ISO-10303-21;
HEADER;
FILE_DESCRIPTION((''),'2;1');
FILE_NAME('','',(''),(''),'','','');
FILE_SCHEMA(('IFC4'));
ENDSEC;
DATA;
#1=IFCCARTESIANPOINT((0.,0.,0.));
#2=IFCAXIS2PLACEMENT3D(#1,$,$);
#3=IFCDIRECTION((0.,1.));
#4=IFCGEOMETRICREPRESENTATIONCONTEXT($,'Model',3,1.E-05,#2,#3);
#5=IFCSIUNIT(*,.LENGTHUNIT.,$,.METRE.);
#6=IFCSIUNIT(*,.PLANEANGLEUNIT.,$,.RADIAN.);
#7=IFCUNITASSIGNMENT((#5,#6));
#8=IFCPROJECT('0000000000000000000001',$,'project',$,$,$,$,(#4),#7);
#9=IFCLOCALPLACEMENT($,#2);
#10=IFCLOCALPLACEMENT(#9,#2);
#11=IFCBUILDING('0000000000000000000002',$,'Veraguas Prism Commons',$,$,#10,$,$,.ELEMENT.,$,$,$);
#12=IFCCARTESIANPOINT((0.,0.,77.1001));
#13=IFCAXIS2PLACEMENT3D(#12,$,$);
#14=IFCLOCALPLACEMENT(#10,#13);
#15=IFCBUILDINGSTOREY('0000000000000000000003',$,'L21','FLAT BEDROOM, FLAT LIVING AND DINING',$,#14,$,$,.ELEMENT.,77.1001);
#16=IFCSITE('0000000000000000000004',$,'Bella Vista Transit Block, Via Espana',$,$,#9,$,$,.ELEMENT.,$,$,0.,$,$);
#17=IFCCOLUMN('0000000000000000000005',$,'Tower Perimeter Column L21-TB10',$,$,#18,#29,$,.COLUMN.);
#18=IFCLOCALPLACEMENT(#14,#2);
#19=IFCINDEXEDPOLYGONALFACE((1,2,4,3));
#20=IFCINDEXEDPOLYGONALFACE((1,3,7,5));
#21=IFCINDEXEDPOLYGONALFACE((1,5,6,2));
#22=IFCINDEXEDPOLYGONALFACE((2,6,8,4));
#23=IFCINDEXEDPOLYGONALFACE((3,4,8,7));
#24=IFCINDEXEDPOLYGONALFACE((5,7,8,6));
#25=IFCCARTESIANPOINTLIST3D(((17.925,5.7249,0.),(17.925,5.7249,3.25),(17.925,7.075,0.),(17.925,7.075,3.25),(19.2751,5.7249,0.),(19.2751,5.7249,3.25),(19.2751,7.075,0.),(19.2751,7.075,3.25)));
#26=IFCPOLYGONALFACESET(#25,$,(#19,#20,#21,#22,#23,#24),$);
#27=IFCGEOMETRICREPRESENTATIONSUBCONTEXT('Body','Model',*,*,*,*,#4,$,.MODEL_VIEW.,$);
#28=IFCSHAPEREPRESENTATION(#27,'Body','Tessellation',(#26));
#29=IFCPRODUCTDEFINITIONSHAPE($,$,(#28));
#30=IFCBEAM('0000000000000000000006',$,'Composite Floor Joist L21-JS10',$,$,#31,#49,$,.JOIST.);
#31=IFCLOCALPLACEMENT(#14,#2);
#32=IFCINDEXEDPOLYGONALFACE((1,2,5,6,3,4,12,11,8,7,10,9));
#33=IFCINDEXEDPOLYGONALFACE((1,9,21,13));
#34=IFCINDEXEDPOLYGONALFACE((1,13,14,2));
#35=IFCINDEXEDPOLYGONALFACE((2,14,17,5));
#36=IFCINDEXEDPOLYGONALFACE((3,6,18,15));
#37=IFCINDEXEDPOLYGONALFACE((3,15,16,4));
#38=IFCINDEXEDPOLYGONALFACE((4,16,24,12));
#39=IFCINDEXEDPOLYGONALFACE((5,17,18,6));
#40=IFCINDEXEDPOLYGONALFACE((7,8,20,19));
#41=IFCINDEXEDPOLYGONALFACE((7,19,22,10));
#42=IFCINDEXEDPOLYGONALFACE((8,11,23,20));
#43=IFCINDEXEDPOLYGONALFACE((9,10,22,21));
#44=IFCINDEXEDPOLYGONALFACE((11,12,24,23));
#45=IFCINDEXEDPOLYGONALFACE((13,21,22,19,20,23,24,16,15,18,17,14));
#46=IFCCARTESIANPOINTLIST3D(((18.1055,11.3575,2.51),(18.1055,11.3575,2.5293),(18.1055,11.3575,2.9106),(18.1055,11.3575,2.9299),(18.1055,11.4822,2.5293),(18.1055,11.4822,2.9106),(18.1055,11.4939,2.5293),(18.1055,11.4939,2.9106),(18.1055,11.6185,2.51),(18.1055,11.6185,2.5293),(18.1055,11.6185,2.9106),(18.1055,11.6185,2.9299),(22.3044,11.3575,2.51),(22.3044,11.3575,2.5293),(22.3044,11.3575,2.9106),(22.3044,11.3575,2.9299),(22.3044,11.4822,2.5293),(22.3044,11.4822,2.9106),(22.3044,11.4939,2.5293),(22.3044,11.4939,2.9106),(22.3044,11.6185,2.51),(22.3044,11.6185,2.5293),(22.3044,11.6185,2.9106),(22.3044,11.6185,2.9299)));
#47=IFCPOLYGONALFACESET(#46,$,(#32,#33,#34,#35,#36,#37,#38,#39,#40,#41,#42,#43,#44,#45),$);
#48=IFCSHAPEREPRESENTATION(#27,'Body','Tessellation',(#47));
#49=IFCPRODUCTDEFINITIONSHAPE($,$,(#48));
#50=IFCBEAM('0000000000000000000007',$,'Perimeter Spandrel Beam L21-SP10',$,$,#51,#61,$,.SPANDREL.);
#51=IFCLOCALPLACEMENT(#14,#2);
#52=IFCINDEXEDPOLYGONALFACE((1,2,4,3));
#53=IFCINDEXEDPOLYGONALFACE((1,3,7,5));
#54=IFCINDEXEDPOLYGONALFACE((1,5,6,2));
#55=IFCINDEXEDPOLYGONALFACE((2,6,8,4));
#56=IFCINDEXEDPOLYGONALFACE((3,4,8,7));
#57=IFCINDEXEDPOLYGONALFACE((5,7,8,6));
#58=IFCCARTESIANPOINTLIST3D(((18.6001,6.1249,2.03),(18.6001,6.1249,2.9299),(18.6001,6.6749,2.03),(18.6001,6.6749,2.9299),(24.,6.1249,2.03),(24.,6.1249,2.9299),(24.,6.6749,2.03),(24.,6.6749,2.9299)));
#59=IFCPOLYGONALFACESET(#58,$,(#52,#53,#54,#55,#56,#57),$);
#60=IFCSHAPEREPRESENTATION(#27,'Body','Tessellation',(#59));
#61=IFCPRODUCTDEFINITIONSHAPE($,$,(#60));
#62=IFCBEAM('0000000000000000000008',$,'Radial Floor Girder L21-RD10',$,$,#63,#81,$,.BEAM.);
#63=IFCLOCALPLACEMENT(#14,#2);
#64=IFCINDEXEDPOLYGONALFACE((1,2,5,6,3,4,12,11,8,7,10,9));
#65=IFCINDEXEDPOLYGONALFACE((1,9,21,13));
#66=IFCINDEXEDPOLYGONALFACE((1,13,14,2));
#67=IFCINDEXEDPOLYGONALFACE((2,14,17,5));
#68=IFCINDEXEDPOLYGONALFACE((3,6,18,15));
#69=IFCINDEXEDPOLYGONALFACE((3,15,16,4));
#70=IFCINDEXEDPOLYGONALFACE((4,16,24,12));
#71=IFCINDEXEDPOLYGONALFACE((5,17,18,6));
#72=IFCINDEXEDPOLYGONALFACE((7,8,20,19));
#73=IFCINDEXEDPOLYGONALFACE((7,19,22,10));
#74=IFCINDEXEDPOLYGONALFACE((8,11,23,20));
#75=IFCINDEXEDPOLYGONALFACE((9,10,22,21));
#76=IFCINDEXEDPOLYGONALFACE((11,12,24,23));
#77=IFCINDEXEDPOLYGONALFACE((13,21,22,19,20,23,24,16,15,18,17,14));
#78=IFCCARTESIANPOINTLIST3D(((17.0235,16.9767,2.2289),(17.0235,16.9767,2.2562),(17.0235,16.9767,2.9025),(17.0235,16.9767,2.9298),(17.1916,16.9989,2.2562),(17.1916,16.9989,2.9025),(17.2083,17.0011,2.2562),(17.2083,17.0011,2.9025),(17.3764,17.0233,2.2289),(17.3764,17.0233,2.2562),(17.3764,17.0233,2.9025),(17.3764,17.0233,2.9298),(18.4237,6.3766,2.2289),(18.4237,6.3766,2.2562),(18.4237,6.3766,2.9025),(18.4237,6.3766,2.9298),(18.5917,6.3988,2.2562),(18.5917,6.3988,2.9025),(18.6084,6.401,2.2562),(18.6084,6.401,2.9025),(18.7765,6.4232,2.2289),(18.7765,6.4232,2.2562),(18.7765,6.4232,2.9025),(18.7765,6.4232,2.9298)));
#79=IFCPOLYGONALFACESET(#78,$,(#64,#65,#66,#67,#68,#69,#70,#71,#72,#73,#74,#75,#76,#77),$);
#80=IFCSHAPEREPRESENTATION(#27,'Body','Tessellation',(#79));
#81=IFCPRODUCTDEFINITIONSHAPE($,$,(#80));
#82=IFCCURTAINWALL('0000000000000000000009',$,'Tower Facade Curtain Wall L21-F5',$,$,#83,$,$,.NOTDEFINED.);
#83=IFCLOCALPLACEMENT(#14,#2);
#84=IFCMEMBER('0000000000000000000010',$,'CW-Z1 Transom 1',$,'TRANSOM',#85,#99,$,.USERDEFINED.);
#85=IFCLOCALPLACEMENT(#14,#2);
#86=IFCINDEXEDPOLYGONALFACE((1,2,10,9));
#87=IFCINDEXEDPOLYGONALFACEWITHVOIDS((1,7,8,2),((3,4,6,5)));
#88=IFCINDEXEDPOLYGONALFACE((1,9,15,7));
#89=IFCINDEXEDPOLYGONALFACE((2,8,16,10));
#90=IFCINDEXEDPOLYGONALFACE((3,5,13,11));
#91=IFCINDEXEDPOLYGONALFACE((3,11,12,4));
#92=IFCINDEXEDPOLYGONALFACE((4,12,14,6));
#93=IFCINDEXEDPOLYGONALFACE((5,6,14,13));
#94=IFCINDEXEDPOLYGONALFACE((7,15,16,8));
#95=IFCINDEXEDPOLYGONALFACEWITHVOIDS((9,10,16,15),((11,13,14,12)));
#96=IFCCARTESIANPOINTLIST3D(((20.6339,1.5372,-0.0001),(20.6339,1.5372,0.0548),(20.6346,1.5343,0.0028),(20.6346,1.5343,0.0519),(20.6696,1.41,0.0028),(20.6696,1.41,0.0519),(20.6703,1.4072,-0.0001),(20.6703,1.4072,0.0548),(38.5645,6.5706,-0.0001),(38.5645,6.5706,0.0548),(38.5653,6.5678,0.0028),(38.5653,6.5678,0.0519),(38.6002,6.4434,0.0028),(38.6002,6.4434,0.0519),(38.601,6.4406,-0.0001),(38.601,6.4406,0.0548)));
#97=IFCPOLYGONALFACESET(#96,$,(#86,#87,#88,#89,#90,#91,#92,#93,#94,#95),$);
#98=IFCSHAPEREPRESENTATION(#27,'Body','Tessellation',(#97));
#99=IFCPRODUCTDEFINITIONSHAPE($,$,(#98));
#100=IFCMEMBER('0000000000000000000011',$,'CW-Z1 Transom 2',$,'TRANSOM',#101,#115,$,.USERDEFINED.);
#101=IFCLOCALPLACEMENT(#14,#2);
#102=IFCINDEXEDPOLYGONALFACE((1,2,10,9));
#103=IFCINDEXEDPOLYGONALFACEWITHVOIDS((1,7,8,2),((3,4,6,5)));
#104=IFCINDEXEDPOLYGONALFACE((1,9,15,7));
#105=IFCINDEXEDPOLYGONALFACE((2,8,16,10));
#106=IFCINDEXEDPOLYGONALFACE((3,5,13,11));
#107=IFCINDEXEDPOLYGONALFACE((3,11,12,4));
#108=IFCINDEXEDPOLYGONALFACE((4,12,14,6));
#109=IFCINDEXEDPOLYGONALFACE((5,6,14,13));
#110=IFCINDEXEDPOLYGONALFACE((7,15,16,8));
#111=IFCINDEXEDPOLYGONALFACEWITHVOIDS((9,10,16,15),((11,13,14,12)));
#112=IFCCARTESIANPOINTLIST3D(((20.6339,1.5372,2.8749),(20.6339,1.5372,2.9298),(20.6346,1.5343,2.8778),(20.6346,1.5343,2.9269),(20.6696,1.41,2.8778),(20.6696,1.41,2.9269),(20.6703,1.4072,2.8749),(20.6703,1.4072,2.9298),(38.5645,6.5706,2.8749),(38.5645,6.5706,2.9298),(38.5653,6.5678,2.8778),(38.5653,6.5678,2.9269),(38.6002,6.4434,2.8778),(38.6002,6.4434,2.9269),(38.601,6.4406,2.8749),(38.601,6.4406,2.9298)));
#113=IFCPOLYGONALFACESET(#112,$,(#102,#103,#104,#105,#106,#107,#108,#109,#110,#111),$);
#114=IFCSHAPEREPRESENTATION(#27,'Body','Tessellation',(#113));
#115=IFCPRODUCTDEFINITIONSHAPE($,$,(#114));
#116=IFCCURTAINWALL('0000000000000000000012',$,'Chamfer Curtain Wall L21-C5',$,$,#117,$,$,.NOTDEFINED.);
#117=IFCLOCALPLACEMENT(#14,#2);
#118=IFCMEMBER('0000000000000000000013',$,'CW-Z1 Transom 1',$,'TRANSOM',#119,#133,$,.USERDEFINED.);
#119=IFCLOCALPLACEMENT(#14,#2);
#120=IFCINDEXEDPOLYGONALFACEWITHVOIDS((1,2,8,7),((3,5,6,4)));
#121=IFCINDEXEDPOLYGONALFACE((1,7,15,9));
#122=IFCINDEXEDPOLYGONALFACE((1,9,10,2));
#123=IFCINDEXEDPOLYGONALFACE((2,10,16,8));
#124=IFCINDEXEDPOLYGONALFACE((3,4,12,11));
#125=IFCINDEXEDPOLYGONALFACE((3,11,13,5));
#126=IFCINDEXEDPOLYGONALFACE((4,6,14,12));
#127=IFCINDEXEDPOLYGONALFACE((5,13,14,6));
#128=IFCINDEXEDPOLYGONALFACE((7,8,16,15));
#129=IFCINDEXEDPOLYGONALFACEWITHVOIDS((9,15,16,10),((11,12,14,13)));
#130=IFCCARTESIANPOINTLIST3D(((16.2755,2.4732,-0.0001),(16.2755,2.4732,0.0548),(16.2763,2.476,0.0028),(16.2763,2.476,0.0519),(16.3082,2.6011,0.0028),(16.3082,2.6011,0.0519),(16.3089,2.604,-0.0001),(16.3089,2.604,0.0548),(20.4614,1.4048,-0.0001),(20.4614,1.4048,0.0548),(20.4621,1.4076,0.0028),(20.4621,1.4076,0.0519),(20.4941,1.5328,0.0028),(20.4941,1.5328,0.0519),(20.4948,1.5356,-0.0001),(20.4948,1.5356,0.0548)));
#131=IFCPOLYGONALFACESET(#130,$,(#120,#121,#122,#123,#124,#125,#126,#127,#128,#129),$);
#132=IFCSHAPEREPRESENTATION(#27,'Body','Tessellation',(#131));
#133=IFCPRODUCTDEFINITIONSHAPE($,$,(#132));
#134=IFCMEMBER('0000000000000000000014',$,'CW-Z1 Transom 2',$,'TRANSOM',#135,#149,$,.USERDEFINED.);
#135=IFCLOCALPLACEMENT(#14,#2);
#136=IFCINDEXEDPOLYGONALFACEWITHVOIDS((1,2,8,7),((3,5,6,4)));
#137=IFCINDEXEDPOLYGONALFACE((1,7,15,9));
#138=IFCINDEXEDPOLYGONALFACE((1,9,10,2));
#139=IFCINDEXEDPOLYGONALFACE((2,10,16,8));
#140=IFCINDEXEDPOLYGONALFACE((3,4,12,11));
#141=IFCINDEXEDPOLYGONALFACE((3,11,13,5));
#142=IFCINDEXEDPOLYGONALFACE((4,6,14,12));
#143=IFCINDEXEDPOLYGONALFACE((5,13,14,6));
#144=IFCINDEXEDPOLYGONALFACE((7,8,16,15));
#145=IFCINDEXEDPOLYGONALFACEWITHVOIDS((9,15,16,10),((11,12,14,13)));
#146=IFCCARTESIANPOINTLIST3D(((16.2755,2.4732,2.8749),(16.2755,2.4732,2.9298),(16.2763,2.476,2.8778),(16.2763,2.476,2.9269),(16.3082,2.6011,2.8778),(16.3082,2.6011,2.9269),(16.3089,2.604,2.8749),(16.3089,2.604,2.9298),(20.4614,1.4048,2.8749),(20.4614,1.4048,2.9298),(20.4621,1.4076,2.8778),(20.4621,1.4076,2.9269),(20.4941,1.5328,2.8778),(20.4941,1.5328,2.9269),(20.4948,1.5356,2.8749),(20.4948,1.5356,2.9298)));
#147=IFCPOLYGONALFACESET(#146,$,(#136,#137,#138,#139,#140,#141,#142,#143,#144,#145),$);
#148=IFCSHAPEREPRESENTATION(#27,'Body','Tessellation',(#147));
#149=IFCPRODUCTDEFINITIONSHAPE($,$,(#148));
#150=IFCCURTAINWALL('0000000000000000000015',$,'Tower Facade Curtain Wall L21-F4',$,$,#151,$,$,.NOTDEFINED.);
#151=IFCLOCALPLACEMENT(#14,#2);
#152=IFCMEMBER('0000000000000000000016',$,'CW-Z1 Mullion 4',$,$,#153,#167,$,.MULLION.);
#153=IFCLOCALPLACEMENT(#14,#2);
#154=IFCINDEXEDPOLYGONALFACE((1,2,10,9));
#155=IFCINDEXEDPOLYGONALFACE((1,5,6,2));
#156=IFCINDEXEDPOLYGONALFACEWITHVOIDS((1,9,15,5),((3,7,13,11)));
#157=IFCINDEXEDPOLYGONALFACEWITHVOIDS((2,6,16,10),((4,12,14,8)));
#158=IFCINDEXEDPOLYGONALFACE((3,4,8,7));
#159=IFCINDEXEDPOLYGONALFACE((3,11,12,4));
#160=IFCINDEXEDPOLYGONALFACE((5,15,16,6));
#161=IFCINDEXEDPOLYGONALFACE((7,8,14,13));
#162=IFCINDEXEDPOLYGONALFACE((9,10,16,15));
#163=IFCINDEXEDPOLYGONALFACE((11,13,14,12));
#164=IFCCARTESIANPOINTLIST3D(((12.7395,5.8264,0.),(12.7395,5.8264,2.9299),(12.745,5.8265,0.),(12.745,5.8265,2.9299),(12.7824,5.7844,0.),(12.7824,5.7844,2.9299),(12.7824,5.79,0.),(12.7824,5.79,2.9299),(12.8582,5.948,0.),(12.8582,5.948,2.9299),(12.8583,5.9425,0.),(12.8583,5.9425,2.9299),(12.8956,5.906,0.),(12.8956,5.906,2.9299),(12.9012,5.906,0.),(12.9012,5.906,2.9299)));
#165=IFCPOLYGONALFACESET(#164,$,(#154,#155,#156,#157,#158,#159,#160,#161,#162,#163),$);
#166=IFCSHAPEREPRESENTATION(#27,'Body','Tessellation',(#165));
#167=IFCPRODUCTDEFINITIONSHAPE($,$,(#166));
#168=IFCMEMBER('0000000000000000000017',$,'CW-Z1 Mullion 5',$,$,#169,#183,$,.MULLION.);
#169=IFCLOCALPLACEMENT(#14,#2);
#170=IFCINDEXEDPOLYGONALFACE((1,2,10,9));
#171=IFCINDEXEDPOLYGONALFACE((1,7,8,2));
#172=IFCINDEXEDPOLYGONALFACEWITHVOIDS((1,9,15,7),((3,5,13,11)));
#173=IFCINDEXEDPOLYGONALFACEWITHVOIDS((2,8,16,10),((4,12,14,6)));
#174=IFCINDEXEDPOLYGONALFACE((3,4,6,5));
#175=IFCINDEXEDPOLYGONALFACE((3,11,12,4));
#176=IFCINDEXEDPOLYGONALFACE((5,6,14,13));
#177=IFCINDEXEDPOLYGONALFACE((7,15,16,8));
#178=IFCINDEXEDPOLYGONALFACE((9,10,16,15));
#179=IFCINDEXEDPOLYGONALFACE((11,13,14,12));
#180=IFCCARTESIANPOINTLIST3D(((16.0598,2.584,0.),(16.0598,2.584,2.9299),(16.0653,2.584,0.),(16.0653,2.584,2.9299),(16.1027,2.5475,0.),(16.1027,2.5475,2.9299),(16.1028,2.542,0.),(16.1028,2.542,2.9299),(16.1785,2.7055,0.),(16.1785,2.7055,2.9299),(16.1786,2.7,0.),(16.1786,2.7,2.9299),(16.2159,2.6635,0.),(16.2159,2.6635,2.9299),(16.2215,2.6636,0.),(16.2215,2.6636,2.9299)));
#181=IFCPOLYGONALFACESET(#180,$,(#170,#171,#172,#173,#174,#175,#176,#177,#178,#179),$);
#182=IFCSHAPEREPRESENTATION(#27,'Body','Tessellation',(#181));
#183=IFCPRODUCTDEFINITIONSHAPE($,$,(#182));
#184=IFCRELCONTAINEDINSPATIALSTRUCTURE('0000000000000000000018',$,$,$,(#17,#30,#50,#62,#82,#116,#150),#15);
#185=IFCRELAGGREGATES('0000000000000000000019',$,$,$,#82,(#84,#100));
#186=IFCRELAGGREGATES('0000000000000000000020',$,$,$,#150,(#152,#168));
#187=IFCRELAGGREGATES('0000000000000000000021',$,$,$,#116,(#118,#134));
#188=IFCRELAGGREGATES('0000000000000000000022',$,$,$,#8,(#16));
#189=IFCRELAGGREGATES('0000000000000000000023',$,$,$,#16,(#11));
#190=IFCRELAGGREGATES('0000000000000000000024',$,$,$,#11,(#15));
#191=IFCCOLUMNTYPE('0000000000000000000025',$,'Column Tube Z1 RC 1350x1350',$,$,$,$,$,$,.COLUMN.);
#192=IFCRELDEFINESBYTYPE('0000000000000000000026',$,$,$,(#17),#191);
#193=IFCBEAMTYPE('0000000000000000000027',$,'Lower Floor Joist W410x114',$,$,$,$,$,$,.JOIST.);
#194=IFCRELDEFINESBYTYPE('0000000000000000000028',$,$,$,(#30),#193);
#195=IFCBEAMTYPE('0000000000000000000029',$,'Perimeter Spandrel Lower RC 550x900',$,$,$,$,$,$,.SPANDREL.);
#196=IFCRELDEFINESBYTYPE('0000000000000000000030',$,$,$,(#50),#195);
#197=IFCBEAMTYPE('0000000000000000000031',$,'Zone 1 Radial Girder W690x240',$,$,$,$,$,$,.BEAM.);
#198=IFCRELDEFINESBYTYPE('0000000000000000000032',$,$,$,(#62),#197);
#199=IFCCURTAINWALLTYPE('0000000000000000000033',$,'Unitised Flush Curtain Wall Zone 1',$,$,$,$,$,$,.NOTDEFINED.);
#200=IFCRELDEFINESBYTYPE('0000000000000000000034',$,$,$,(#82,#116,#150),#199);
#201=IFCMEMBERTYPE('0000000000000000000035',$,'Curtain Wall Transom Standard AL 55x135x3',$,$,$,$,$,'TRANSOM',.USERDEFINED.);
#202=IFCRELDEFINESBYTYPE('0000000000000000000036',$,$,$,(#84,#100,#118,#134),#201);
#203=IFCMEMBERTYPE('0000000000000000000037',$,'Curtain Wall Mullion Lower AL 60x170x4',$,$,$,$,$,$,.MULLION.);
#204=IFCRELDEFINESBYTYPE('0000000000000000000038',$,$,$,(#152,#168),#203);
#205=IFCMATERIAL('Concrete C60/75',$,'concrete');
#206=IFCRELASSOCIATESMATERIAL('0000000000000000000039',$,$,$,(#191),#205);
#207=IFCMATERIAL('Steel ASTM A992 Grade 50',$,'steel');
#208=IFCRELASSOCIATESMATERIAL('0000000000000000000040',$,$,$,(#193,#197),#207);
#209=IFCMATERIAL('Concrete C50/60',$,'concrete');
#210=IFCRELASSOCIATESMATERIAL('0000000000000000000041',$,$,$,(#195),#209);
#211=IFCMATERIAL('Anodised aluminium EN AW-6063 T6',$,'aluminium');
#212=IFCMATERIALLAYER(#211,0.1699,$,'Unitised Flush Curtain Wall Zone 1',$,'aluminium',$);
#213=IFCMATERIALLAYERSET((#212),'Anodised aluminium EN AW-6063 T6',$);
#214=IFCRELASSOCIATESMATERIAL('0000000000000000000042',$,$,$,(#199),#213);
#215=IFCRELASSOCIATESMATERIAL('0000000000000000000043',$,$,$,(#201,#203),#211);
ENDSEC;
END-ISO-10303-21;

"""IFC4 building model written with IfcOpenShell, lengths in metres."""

from ifc_helpers import new_model, si_unit, direction, frame, origin, origin_2d, place, context, subcontext, project, spatial, rectangle, hollow_rectangle, i_section, extrude, source, transform, mapped, material, layer, layer_set, material_profile, profile_set, type_object, element, aggregate, save


model = new_model("IFC4")

# Units and contexts
model_context = context("Model", 3, precision=1e-05, world=origin(), true_north=direction((0.0, 1.0)))
body_context = subcontext(model_context, "Body", "Model", "MODEL_VIEW")
ifc_project = project(units=[si_unit("LENGTHUNIT", "METRE"), si_unit("PLANEANGLEUNIT", "RADIAN")], contexts=[model_context])

# Site, building, storey
site_placement = place(None, origin())
site = spatial("IfcSite", under=ifc_project, at=site_placement, Name="Bella Vista Transit Block, Via Espana", CompositionType="ELEMENT", RefElevation=0.0)
building_placement = place(site_placement, origin())
building = spatial("IfcBuilding", under=site, at=building_placement, Name="Veraguas Prism Commons", CompositionType="ELEMENT")
storey_placement = place(building_placement, frame((0.0, 0.0, 77.1001)))
storey = spatial("IfcBuildingStorey", under=building, at=storey_placement, Name="L21", Description="FLAT BEDROOM, FLAT LIVING AND DINING", CompositionType="ELEMENT", Elevation=77.1001)

# Column
ifc_material_1 = material(Name="Concrete C60/75", Category="concrete")
ifc_material_profile_1 = material_profile(ifc_material_1, rectangle(XDim=1.3501, YDim=1.3501, at=origin_2d()), Name="RC1350X1350")
ifc_profile_set_1 = profile_set([ifc_material_profile_1], Name="Concrete C60/75")
column_type = type_object("IfcColumnType", Name="Column Tube Z1 RC 1350x1350", PredefinedType="COLUMN", material=ifc_profile_set_1)
column_placement = place(storey_placement, frame((18.6001, 6.3999, 0.0), z_axis=(0.0, 0.0, 1.0), x_axis=(1.0, 0.0, 0.0)))
element("IfcColumn", 1, at=column_placement, inside=storey, type_object=column_type, Name="Tower Perimeter Column L21-TB10", PredefinedType="COLUMN", context=body_context, shape_type="SweptSolid", body=[
    extrude(rectangle(XDim=1.3501, YDim=1.3501, at=origin_2d()), origin(), (0.0, 0.0, 1.0), 3.25),
])

# Beams
ifc_material_2 = material(Name="Steel ASTM A992 Grade 50", Category="steel")
ifc_material_profile_2 = material_profile(ifc_material_2, i_section(OverallWidth=0.261, OverallDepth=0.4199, WebThickness=0.0117, FlangeThickness=0.0193, at=origin_2d()), Name="W410X114")
ifc_profile_set_2 = profile_set([ifc_material_profile_2], Name="Steel ASTM A992 Grade 50")
beam_type_1 = type_object("IfcBeamType", Name="Lower Floor Joist W410x114", PredefinedType="JOIST", material=ifc_profile_set_2)
beam_1_placement = place(storey_placement, frame((18.1055, 11.488, 2.72), z_axis=(1.0, 0.0, 0.0), x_axis=(0.0, 1.0, 0.0)))
element("IfcBeam", 2, at=beam_1_placement, inside=storey, type_object=beam_type_1, Name="Composite Floor Joist L21-JS10", PredefinedType="JOIST", context=body_context, shape_type="SweptSolid", body=[
    extrude(i_section(OverallWidth=0.261, OverallDepth=0.4199, WebThickness=0.0117, FlangeThickness=0.0193, at=origin_2d()), origin(), (0.0, 0.0, 1.0), 4.199),
])
ifc_material_3 = material(Name="Concrete C50/60", Category="concrete")
ifc_material_profile_3 = material_profile(ifc_material_3, rectangle(XDim=0.55, YDim=0.8999, at=origin_2d()), Name="RC550X900")
ifc_profile_set_3 = profile_set([ifc_material_profile_3], Name="Concrete C50/60")
beam_type_2 = type_object("IfcBeamType", Name="Perimeter Spandrel Lower RC 550x900", PredefinedType="SPANDREL", material=ifc_profile_set_3)
beam_2_placement = place(storey_placement, frame((18.6001, 6.3999, 2.48), z_axis=(1.0, 0.0, 0.0), x_axis=(0.0, 1.0, 0.0)))
element("IfcBeam", 3, at=beam_2_placement, inside=storey, type_object=beam_type_2, Name="Perimeter Spandrel Beam L21-SP10", PredefinedType="SPANDREL", context=body_context, shape_type="SweptSolid", body=[
    extrude(rectangle(XDim=0.55, YDim=0.8999, at=origin_2d()), origin(), (0.0, 0.0, 1.0), 5.3999),
])
ifc_material_profile_4 = material_profile(ifc_material_2, i_section(OverallWidth=0.356, OverallDepth=0.7009, WebThickness=0.0168, FlangeThickness=0.0273, at=origin_2d()), Name="W690X240")
ifc_profile_set_4 = profile_set([ifc_material_profile_4], Name="Steel ASTM A992 Grade 50")
beam_type_3 = type_object("IfcBeamType", Name="Zone 1 Radial Girder W690x240", PredefinedType="BEAM", material=ifc_profile_set_4)
beam_3_placement = place(storey_placement, frame((18.6001, 6.3999, 2.5793), z_axis=(-0.130951, 0.991389, 0.0), x_axis=(-0.991389, -0.130951, 0.0)))
element("IfcBeam", 4, at=beam_3_placement, inside=storey, type_object=beam_type_3, Name="Radial Floor Girder L21-RD10", PredefinedType="BEAM", context=body_context, shape_type="SweptSolid", body=[
    extrude(i_section(OverallWidth=0.356, OverallDepth=0.7009, WebThickness=0.0168, FlangeThickness=0.0273, at=origin_2d()), origin(), (0.0, 0.0, 1.0), 10.6921),
])

# Curtain walls, members
ifc_material_4 = material(Name="Anodised aluminium EN AW-6063 T6", Category="aluminium")
ifc_layer_1 = layer(ifc_material_4, 0.1699, Name="Unitised Flush Curtain Wall Zone 1", Category="aluminium")
ifc_layer_set_1 = layer_set([ifc_layer_1], Name="Anodised aluminium EN AW-6063 T6")
curtain_wall_type = type_object("IfcCurtainWallType", Name="Unitised Flush Curtain Wall Zone 1", PredefinedType="NOTDEFINED", material=ifc_layer_set_1)
curtain_wall_1_placement = place(storey_placement, origin())
curtain_wall_1 = element("IfcCurtainWall", 5, at=curtain_wall_1_placement, inside=storey, type_object=curtain_wall_type, Name="Tower Facade Curtain Wall L21-F5", PredefinedType="NOTDEFINED")
ifc_material_profile_5 = material_profile(ifc_material_4, hollow_rectangle(XDim=0.0549, YDim=0.135, WallThickness=0.0029, at=origin_2d()), Name="AL55X135X3")
ifc_profile_set_5 = profile_set([ifc_material_profile_5], Name="Anodised aluminium EN AW-6063 T6")
member_type_1 = type_object("IfcMemberType", Name="Curtain Wall Transom Standard AL 55x135x3", ElementType="TRANSOM", PredefinedType="USERDEFINED", material=ifc_profile_set_5)
shared_shape_1 = source(origin(), body_context, "Body", "SweptSolid", [
    extrude(hollow_rectangle(XDim=0.0549, YDim=0.135, WallThickness=0.0029, at=origin_2d()), origin(), (0.0, 0.0, 1.0), 18.6238),
])
member_1_placement = place(storey_placement, frame((20.6521, 1.4722, 0.0273), z_axis=(0.962785, 0.27027, 0.0), x_axis=(0.0, 0.0, 1.0)))
member_1 = element("IfcMember", 6, at=member_1_placement, type_object=member_type_1, Name="CW-Z1 Transom 1", ObjectType="TRANSOM", PredefinedType="USERDEFINED", context=body_context, shape_type="MappedRepresentation", body=[
    mapped(shared_shape_1, transform((0.0, 0.0, 0.0), scale=1.0)),
])
member_2_placement = place(storey_placement, frame((20.6521, 1.4722, 2.9023), z_axis=(0.962785, 0.27027, 0.0), x_axis=(0.0, 0.0, 1.0)))
member_2 = element("IfcMember", 7, at=member_2_placement, type_object=member_type_1, Name="CW-Z1 Transom 2", ObjectType="TRANSOM", PredefinedType="USERDEFINED", context=body_context, shape_type="MappedRepresentation", body=[
    mapped(shared_shape_1, transform((0.0, 0.0, 0.0), scale=1.0)),
])
curtain_wall_2_placement = place(storey_placement, origin())
curtain_wall_2 = element("IfcCurtainWall", 8, at=curtain_wall_2_placement, inside=storey, type_object=curtain_wall_type, Name="Chamfer Curtain Wall L21-C5", PredefinedType="NOTDEFINED")
shared_shape_2 = source(origin(), body_context, "Body", "SweptSolid", [
    extrude(hollow_rectangle(XDim=0.0549, YDim=0.135, WallThickness=0.0029, at=origin_2d()), origin(), (0.0, 0.0, 1.0), 4.3201),
])
member_3_placement = place(storey_placement, frame((16.2922, 2.5386, 0.0273), z_axis=(0.968937, -0.247306, 0.0), x_axis=(0.0, 0.0, 1.0)))
member_3 = element("IfcMember", 9, at=member_3_placement, type_object=member_type_1, Name="CW-Z1 Transom 1", ObjectType="TRANSOM", PredefinedType="USERDEFINED", context=body_context, shape_type="MappedRepresentation", body=[
    mapped(shared_shape_2, transform((0.0, 0.0, 0.0), scale=1.0)),
])
member_4_placement = place(storey_placement, frame((16.2922, 2.5386, 2.9023), z_axis=(0.968937, -0.247306, 0.0), x_axis=(0.0, 0.0, 1.0)))
member_4 = element("IfcMember", 10, at=member_4_placement, type_object=member_type_1, Name="CW-Z1 Transom 2", ObjectType="TRANSOM", PredefinedType="USERDEFINED", context=body_context, shape_type="MappedRepresentation", body=[
    mapped(shared_shape_2, transform((0.0, 0.0, 0.0), scale=1.0)),
])
curtain_wall_3_placement = place(storey_placement, origin())
curtain_wall_3 = element("IfcCurtainWall", 11, at=curtain_wall_3_placement, inside=storey, type_object=curtain_wall_type, Name="Tower Facade Curtain Wall L21-F4", PredefinedType="NOTDEFINED")
ifc_material_profile_6 = material_profile(ifc_material_4, hollow_rectangle(XDim=0.0601, YDim=0.1699, WallThickness=0.0039, at=origin_2d()), Name="AL60X170X4")
ifc_profile_set_6 = profile_set([ifc_material_profile_6], Name="Anodised aluminium EN AW-6063 T6")
member_type_2 = type_object("IfcMemberType", Name="Curtain Wall Mullion Lower AL 60x170x4", PredefinedType="MULLION", material=ifc_profile_set_6)
shared_shape_3 = source(origin(), body_context, "Body", "SweptSolid", [
    extrude(hollow_rectangle(XDim=0.0601, YDim=0.1699, WallThickness=0.0039, at=origin_2d()), origin(), (0.0, 0.0, 1.0), 2.9299),
])
member_5_placement = place(storey_placement, frame((12.8203, 5.8662, 0.0), z_axis=(0.0, 0.0, 1.0), x_axis=(0.715449, -0.698665, 0.0)))
member_5 = element("IfcMember", 12, at=member_5_placement, type_object=member_type_2, Name="CW-Z1 Mullion 4", PredefinedType="MULLION", context=body_context, shape_type="MappedRepresentation", body=[
    mapped(shared_shape_3, transform((0.0, 0.0, 0.0), scale=1.0)),
])
member_6_placement = place(storey_placement, frame((16.1406, 2.6238, 0.0), z_axis=(0.0, 0.0, 1.0), x_axis=(0.715449, -0.698665, 0.0)))
member_6 = element("IfcMember", 13, at=member_6_placement, type_object=member_type_2, Name="CW-Z1 Mullion 5", PredefinedType="MULLION", context=body_context, shape_type="MappedRepresentation", body=[
    mapped(shared_shape_3, transform((0.0, 0.0, 0.0), scale=1.0)),
])

aggregate(curtain_wall_1, [member_1, member_2])

aggregate(curtain_wall_3, [member_5, member_6])
aggregate(curtain_wall_2, [member_3, member_4])

save(model, "model.ifc")
